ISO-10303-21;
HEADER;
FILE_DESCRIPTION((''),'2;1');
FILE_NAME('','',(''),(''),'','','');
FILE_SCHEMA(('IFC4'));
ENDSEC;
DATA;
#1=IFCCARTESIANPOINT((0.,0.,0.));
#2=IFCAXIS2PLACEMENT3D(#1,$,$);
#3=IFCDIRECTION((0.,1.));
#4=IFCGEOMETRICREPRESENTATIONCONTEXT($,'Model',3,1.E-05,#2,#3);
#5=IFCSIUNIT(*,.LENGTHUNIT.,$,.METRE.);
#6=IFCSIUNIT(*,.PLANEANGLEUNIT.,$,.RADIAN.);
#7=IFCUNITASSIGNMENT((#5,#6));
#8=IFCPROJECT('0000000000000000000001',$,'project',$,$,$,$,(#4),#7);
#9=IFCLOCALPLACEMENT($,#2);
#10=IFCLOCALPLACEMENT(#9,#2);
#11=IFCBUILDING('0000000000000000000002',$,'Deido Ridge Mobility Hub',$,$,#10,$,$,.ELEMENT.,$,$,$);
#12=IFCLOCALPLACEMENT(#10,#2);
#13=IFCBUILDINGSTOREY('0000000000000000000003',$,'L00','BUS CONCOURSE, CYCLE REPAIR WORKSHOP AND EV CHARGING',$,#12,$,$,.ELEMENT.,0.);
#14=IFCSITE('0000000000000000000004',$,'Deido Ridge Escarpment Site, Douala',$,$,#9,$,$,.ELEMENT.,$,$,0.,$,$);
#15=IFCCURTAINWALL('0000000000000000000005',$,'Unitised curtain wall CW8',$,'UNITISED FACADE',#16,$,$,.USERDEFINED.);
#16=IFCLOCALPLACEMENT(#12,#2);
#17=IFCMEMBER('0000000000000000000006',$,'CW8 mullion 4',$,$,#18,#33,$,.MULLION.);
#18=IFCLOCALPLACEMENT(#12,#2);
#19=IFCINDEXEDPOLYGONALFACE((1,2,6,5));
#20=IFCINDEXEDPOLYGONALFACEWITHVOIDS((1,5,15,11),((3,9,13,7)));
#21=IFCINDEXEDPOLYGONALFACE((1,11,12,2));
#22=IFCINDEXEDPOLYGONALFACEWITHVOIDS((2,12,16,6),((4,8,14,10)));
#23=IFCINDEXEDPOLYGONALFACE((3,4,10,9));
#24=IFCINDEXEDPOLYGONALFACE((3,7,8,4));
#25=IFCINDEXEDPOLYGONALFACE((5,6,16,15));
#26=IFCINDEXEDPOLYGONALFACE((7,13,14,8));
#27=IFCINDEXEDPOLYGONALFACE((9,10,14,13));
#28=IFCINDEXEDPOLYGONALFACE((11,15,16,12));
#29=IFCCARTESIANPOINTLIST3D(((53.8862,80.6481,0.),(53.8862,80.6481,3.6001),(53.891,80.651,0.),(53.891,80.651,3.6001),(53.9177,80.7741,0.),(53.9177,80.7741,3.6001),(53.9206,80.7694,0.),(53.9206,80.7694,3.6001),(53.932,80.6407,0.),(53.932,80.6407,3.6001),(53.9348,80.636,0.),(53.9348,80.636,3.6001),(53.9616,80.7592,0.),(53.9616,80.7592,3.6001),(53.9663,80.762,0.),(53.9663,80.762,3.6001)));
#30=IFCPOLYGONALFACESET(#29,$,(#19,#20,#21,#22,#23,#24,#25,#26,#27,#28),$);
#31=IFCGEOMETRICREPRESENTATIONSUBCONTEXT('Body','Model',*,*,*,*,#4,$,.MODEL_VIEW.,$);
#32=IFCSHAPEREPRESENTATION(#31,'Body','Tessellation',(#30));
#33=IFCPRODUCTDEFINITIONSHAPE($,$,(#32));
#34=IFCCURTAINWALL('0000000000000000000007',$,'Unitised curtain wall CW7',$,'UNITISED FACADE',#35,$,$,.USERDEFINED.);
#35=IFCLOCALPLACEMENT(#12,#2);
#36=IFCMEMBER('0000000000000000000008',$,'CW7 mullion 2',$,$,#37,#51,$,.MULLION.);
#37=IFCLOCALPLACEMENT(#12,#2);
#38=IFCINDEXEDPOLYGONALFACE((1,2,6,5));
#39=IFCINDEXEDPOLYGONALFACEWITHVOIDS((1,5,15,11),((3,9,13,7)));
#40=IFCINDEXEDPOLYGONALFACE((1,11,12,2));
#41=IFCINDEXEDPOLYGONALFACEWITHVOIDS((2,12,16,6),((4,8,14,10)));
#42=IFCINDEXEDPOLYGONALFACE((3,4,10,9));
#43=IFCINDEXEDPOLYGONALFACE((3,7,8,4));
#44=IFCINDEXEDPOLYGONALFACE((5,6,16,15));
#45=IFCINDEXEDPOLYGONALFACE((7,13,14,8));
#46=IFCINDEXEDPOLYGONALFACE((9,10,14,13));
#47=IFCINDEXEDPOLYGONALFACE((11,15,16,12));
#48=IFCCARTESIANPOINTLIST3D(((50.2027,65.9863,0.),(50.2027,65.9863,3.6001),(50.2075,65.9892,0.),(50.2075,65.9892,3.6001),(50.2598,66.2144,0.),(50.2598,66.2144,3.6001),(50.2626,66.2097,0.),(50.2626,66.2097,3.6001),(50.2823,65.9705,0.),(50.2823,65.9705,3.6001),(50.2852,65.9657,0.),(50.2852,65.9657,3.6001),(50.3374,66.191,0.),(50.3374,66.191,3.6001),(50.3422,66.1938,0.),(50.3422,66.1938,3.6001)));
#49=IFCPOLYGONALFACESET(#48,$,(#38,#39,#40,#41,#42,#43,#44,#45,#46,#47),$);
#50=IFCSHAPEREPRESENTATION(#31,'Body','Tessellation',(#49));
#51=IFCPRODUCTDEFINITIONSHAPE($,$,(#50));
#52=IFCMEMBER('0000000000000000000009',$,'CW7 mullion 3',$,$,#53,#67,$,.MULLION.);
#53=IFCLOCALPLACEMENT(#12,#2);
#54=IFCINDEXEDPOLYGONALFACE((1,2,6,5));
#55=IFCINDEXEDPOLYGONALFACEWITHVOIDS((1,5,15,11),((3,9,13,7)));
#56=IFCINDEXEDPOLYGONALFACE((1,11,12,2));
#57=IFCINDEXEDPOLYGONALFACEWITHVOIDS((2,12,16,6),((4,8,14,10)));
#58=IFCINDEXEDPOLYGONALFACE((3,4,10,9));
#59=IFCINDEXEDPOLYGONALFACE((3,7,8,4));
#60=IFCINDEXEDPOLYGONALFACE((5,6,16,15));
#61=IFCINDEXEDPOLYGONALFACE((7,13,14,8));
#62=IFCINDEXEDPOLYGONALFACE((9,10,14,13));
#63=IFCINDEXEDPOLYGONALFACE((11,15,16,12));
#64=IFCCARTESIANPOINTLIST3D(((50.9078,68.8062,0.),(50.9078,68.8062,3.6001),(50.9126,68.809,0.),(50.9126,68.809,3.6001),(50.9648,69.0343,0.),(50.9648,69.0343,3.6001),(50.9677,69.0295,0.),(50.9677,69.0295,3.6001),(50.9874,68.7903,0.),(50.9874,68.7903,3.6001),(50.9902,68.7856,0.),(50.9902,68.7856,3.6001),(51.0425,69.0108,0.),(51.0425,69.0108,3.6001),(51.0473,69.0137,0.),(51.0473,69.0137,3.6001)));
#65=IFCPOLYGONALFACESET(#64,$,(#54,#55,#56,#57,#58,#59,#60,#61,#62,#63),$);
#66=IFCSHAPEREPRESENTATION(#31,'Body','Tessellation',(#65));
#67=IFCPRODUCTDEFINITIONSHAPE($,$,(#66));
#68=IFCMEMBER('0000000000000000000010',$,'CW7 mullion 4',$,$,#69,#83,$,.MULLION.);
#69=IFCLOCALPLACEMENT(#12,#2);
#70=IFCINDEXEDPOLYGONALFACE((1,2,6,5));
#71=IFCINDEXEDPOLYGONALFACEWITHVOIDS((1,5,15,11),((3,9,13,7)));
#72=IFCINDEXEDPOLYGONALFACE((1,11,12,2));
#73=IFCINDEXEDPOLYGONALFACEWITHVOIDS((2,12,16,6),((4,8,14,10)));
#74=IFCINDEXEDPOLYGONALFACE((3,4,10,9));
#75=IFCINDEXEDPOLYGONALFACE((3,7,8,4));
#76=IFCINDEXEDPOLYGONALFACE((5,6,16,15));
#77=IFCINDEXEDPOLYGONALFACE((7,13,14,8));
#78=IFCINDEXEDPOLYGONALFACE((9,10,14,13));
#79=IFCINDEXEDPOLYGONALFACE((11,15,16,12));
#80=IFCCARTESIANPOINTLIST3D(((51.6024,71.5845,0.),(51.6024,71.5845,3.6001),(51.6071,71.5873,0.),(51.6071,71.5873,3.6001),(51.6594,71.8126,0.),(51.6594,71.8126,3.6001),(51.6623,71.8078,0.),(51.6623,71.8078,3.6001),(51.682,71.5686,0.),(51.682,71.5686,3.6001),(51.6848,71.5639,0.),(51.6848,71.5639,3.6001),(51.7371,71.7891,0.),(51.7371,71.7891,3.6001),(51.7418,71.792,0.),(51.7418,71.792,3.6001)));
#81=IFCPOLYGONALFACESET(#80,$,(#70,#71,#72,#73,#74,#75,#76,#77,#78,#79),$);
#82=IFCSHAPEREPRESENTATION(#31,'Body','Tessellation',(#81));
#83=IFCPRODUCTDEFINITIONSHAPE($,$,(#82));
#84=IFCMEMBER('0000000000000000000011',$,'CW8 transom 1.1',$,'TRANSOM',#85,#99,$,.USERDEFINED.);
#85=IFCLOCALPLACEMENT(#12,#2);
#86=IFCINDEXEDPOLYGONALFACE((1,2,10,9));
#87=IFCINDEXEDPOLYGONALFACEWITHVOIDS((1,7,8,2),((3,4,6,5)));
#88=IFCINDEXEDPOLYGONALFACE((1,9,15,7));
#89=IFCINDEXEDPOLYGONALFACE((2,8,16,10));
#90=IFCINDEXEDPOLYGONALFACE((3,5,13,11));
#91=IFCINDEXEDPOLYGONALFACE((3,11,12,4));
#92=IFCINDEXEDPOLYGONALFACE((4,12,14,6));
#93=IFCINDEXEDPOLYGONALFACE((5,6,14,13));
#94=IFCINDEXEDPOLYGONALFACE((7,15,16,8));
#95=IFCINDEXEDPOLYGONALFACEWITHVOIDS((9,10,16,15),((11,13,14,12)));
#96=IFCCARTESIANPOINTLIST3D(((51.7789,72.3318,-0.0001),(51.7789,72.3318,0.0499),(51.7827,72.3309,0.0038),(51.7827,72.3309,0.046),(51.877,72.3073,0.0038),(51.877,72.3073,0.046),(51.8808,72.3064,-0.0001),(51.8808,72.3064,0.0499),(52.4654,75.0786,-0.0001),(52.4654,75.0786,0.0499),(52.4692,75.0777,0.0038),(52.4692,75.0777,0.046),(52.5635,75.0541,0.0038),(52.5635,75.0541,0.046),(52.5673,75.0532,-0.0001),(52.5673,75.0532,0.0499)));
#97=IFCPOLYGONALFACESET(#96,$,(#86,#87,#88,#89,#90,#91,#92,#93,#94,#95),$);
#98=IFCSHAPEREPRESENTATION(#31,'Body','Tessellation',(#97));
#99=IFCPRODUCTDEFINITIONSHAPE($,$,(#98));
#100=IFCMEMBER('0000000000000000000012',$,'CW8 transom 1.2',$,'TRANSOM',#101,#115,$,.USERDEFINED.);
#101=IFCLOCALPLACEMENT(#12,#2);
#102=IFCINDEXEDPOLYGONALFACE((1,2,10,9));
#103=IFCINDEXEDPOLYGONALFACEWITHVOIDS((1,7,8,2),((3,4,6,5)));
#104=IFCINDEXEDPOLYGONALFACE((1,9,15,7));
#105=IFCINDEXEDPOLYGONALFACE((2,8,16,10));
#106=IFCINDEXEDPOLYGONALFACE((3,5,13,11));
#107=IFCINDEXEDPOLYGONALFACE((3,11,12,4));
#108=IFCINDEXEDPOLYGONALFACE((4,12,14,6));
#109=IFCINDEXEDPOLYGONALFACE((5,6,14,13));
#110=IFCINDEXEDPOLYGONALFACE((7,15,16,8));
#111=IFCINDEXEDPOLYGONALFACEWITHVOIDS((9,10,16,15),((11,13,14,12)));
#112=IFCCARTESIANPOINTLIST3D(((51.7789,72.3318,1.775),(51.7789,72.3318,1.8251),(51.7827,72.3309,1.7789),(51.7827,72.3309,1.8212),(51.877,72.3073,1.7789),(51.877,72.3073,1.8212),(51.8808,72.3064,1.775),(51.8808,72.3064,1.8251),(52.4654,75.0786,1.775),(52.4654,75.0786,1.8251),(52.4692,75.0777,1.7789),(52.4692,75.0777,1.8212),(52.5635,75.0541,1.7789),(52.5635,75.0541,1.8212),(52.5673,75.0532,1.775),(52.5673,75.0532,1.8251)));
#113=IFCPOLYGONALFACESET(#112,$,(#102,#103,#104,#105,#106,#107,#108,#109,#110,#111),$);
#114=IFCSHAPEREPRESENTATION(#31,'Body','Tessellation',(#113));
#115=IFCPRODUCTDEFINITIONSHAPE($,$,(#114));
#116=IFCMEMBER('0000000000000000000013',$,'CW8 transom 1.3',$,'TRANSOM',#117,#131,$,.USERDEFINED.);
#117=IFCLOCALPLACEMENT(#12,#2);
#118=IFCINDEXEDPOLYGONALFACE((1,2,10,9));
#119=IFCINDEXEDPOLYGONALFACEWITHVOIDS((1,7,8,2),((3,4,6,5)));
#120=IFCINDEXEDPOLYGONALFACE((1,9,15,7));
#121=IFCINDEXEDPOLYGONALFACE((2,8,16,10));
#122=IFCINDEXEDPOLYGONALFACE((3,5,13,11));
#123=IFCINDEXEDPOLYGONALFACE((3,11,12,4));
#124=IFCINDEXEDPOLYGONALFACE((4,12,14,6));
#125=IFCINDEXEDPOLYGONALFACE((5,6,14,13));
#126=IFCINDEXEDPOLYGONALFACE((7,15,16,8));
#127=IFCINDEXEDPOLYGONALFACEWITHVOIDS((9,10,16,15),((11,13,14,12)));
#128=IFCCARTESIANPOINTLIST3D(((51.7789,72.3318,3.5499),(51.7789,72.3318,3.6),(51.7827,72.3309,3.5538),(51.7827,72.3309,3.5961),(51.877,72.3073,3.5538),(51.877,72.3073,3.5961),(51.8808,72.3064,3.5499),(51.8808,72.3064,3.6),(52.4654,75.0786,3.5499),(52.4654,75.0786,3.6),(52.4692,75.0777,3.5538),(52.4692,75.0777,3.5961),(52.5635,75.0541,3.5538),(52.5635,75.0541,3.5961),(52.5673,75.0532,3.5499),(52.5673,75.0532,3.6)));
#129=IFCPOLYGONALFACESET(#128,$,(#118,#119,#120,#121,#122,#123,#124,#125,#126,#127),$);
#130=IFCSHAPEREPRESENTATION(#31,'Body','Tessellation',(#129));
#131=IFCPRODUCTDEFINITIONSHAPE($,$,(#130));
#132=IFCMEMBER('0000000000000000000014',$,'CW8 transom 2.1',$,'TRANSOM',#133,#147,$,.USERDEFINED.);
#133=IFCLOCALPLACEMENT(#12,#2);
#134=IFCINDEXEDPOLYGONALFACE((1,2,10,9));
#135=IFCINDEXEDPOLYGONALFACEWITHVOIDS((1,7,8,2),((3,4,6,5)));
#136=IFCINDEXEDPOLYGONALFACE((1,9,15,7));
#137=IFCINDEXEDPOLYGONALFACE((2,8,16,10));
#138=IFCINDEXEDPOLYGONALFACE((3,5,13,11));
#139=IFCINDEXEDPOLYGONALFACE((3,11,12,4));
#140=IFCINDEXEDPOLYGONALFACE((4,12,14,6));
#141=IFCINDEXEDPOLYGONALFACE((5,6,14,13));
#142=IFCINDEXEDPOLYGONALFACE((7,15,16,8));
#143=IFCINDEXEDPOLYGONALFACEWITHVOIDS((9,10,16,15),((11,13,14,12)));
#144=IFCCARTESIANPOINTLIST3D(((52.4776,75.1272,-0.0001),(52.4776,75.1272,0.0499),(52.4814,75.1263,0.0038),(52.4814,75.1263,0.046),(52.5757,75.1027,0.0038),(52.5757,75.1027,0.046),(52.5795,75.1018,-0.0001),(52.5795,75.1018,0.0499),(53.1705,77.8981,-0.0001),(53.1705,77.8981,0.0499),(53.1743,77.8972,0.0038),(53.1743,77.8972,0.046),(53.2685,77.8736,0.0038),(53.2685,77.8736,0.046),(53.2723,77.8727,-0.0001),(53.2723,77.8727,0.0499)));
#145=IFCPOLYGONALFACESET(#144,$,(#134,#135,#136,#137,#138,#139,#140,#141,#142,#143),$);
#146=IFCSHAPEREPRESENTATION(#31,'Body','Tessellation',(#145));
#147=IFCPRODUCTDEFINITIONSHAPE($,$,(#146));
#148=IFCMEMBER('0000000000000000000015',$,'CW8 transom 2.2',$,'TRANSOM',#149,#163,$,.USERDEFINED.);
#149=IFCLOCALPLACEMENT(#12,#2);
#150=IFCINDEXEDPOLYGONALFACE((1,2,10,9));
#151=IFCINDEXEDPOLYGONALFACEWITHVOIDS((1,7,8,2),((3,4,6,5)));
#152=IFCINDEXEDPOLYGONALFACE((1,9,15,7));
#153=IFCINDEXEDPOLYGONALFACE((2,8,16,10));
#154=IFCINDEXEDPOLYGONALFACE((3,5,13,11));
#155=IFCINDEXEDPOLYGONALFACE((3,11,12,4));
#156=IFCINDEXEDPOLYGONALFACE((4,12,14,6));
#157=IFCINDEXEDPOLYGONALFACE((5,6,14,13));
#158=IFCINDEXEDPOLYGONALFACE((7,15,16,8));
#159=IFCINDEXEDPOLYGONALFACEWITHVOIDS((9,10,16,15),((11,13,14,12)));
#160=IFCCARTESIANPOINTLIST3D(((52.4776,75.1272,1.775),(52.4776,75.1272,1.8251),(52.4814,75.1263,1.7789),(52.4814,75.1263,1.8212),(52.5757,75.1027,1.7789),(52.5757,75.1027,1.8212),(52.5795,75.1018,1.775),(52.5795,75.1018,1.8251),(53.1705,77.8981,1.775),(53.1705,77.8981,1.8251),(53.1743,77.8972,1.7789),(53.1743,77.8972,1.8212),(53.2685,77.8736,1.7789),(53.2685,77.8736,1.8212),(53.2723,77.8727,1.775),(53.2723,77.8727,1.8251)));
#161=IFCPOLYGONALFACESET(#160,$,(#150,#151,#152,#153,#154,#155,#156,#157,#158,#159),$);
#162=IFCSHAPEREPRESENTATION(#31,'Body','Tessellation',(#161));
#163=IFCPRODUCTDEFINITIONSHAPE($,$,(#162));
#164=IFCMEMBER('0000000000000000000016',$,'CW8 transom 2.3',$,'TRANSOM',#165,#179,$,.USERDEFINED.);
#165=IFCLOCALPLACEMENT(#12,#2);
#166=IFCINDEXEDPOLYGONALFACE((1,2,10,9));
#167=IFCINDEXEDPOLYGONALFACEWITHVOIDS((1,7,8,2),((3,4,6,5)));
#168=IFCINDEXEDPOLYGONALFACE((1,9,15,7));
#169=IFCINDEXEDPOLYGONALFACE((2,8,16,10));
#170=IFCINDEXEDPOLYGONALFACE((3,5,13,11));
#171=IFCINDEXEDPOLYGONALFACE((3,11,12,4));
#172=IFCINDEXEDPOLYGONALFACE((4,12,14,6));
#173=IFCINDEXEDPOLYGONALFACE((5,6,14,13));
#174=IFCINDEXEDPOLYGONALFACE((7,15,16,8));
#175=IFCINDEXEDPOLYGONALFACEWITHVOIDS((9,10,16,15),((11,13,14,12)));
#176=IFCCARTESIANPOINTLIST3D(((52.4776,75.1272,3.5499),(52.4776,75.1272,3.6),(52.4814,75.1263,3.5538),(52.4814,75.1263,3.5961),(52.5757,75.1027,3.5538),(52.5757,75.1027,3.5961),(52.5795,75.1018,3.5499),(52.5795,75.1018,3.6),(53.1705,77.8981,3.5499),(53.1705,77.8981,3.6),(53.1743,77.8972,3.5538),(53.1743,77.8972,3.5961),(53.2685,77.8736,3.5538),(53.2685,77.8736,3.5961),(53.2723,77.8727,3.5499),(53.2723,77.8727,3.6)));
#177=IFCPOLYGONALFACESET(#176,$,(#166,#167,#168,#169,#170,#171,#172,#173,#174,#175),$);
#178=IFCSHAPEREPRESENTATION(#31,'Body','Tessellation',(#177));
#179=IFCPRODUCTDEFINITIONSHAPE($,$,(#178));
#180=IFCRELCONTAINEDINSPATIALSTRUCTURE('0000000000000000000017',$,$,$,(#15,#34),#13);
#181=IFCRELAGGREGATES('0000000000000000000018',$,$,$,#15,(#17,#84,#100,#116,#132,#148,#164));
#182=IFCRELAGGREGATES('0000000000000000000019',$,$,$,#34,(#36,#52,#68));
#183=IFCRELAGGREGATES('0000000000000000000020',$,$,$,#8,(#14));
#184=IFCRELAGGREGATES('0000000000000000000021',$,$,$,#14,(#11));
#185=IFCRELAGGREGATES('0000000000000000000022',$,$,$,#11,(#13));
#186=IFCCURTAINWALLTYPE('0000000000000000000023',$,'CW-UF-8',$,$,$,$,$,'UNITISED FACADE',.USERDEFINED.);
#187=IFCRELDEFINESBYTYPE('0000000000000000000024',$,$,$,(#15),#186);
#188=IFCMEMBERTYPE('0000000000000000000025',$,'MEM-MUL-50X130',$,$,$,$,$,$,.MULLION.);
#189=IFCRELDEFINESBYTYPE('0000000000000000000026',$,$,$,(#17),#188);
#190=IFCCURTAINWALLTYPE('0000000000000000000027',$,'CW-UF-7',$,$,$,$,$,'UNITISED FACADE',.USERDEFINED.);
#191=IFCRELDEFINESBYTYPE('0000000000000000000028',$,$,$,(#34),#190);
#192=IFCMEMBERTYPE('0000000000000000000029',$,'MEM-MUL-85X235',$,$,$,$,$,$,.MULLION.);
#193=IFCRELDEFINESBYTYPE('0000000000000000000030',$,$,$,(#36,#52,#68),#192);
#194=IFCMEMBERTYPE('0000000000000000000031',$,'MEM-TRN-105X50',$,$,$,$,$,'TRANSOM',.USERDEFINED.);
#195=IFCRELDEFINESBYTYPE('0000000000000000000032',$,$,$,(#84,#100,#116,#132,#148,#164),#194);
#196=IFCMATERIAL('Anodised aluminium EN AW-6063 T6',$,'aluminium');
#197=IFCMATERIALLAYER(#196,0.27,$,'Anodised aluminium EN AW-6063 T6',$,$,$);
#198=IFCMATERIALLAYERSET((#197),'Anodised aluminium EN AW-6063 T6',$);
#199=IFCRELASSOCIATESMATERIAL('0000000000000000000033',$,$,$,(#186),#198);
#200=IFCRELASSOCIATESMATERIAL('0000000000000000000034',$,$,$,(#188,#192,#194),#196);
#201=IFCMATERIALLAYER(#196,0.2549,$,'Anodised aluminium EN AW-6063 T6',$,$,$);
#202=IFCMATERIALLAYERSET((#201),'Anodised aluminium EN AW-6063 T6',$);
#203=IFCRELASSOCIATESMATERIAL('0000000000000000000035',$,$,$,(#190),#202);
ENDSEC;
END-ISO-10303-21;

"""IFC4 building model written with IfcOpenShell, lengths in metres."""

from ifc_helpers import new_model, si_unit, direction, frame, origin, origin_2d, place, context, subcontext, project, spatial, hollow_rectangle, extrude, material, layer, layer_set, material_profile, profile_set, type_object, element, aggregate, save


model = new_model("IFC4")

# Units and contexts
model_context = context("Model", 3, precision=1e-05, world=origin(), true_north=direction((0.0, 1.0)))
body_context = subcontext(model_context, "Body", "Model", "MODEL_VIEW")
ifc_project = project(units=[si_unit("LENGTHUNIT", "METRE"), si_unit("PLANEANGLEUNIT", "RADIAN")], contexts=[model_context])

# Site, building, storey
site_placement = place(None, origin())
site = spatial("IfcSite", under=ifc_project, at=site_placement, Name="Deido Ridge Escarpment Site, Douala", CompositionType="ELEMENT", RefElevation=0.0)
building_placement = place(site_placement, origin())
building = spatial("IfcBuilding", under=site, at=building_placement, Name="Deido Ridge Mobility Hub", CompositionType="ELEMENT")
storey_placement = place(building_placement, origin())
storey = spatial("IfcBuildingStorey", under=building, at=storey_placement, Name="L00", Description="BUS CONCOURSE, CYCLE REPAIR WORKSHOP AND EV CHARGING", CompositionType="ELEMENT", Elevation=0.0)

# Curtain walls, members
ifc_material_1 = material(Name="Anodised aluminium EN AW-6063 T6", Category="aluminium")
ifc_layer_1 = layer(ifc_material_1, 0.27, Name="Anodised aluminium EN AW-6063 T6")
ifc_layer_set_1 = layer_set([ifc_layer_1], Name="Anodised aluminium EN AW-6063 T6")
curtain_wall_type_1 = type_object("IfcCurtainWallType", Name="CW-UF-8", ElementType="UNITISED FACADE", PredefinedType="USERDEFINED", material=ifc_layer_set_1)
curtain_wall_1_placement = place(storey_placement, origin())
curtain_wall_1 = element("IfcCurtainWall", 1, at=curtain_wall_1_placement, inside=storey, type_object=curtain_wall_type_1, Name="Unitised curtain wall CW8", ObjectType="UNITISED FACADE", PredefinedType="USERDEFINED")
ifc_material_profile_1 = material_profile(ifc_material_1, hollow_rectangle(XDim=0.05, YDim=0.1299, WallThickness=0.0039, at=origin_2d()), Name="RHS 50x130x4")
ifc_profile_set_1 = profile_set([ifc_material_profile_1], Name="Anodised aluminium EN AW-6063 T6")
member_type_1 = type_object("IfcMemberType", Name="MEM-MUL-50X130", PredefinedType="MULLION", material=ifc_profile_set_1)
member_1_placement = place(storey_placement, frame((53.9263, 80.7051, 0.0), z_axis=(0.0, 0.0, 1.0), x_axis=(-0.97014, 0.242546, 0.0)))
member_1 = element("IfcMember", 2, at=member_1_placement, type_object=member_type_1, Name="CW8 mullion 4", PredefinedType="MULLION", context=body_context, shape_type="SweptSolid", body=[
    extrude(hollow_rectangle(XDim=0.05, YDim=0.1299, WallThickness=0.0039, at=origin_2d()), origin(), (0.0, 0.0, 1.0), 3.6001),
])
ifc_layer_2 = layer(ifc_material_1, 0.2549, Name="Anodised aluminium EN AW-6063 T6")
ifc_layer_set_2 = layer_set([ifc_layer_2], Name="Anodised aluminium EN AW-6063 T6")
curtain_wall_type_2 = type_object("IfcCurtainWallType", Name="CW-UF-7", ElementType="UNITISED FACADE", PredefinedType="USERDEFINED", material=ifc_layer_set_2)
curtain_wall_2_placement = place(storey_placement, origin())
curtain_wall_2 = element("IfcCurtainWall", 3, at=curtain_wall_2_placement, inside=storey, type_object=curtain_wall_type_2, Name="Unitised curtain wall CW7", ObjectType="UNITISED FACADE", PredefinedType="USERDEFINED")
ifc_material_profile_2 = material_profile(ifc_material_1, hollow_rectangle(XDim=0.085, YDim=0.2351, WallThickness=0.0039, at=origin_2d()), Name="RHS 85x235x4")
ifc_profile_set_2 = profile_set([ifc_material_profile_2], Name="Anodised aluminium EN AW-6063 T6")
member_type_2 = type_object("IfcMemberType", Name="MEM-MUL-85X235", PredefinedType="MULLION", material=ifc_profile_set_2)
member_2_placement = place(storey_placement, frame((50.2725, 66.0901, 0.0), z_axis=(0.0, 0.0, 1.0), x_axis=(-0.97014, 0.242546, 0.0)))
member_2 = element("IfcMember", 4, at=member_2_placement, type_object=member_type_2, Name="CW7 mullion 2", PredefinedType="MULLION", context=body_context, shape_type="SweptSolid", body=[
    extrude(hollow_rectangle(XDim=0.085, YDim=0.2351, WallThickness=0.0039, at=origin_2d()), origin(), (0.0, 0.0, 1.0), 3.6001),
])
member_3_placement = place(storey_placement, frame((50.9775, 68.9099, 0.0), z_axis=(0.0, 0.0, 1.0), x_axis=(-0.97014, 0.242546, 0.0)))
member_3 = element("IfcMember", 5, at=member_3_placement, type_object=member_type_2, Name="CW7 mullion 3", PredefinedType="MULLION", context=body_context, shape_type="SweptSolid", body=[
    extrude(hollow_rectangle(XDim=0.085, YDim=0.2351, WallThickness=0.0039, at=origin_2d()), origin(), (0.0, 0.0, 1.0), 3.6001),
])
member_4_placement = place(storey_placement, frame((51.6721, 71.6882, 0.0), z_axis=(0.0, 0.0, 1.0), x_axis=(-0.97014, 0.242546, 0.0)))
member_4 = element("IfcMember", 6, at=member_4_placement, type_object=member_type_2, Name="CW7 mullion 4", PredefinedType="MULLION", context=body_context, shape_type="SweptSolid", body=[
    extrude(hollow_rectangle(XDim=0.085, YDim=0.2351, WallThickness=0.0039, at=origin_2d()), origin(), (0.0, 0.0, 1.0), 3.6001),
])

# Members
ifc_material_profile_3 = material_profile(ifc_material_1, hollow_rectangle(XDim=0.105, YDim=0.05, WallThickness=0.0039, at=origin_2d()), Name="RHS 105x50x4")
ifc_profile_set_3 = profile_set([ifc_material_profile_3], Name="Anodised aluminium EN AW-6063 T6")
member_type_3 = type_object("IfcMemberType", Name="MEM-TRN-105X50", ElementType="TRANSOM", PredefinedType="USERDEFINED", material=ifc_profile_set_3)
member_5_placement = place(storey_placement, frame((51.8298, 72.3191, 0.0249), z_axis=(0.242475, 0.970158, 0.0), x_axis=(-0.970158, 0.242475, 0.0)))
member_5 = element("IfcMember", 7, at=member_5_placement, type_object=member_type_3, Name="CW8 transom 1.1", ObjectType="TRANSOM", PredefinedType="USERDEFINED", context=body_context, shape_type="SweptSolid", body=[
    extrude(hollow_rectangle(XDim=0.105, YDim=0.05, WallThickness=0.0039, at=origin_2d()), origin(), (0.0, 0.0, 1.0), 2.8313),
])
member_6_placement = place(storey_placement, frame((51.8298, 72.3191, 1.8), z_axis=(0.242475, 0.970158, 0.0), x_axis=(-0.970158, 0.242475, 0.0)))
member_6 = element("IfcMember", 8, at=member_6_placement, type_object=member_type_3, Name="CW8 transom 1.2", ObjectType="TRANSOM", PredefinedType="USERDEFINED", context=body_context, shape_type="SweptSolid", body=[
    extrude(hollow_rectangle(XDim=0.105, YDim=0.05, WallThickness=0.0039, at=origin_2d()), origin(), (0.0, 0.0, 1.0), 2.8313),
])
member_7_placement = place(storey_placement, frame((51.8298, 72.3191, 3.575), z_axis=(0.242475, 0.970158, 0.0), x_axis=(-0.970158, 0.242475, 0.0)))
member_7 = element("IfcMember", 9, at=member_7_placement, type_object=member_type_3, Name="CW8 transom 1.3", ObjectType="TRANSOM", PredefinedType="USERDEFINED", context=body_context, shape_type="SweptSolid", body=[
    extrude(hollow_rectangle(XDim=0.105, YDim=0.05, WallThickness=0.0039, at=origin_2d()), origin(), (0.0, 0.0, 1.0), 2.8313),
])
member_8_placement = place(storey_placement, frame((52.5286, 75.1145, 0.0249), z_axis=(0.242576, 0.970132, 0.0), x_axis=(-0.970132, 0.242576, 0.0)))
member_8 = element("IfcMember", 10, at=member_8_placement, type_object=member_type_3, Name="CW8 transom 2.1", ObjectType="TRANSOM", PredefinedType="USERDEFINED", context=body_context, shape_type="SweptSolid", body=[
    extrude(hollow_rectangle(XDim=0.105, YDim=0.05, WallThickness=0.0039, at=origin_2d()), origin(), (0.0, 0.0, 1.0), 2.8562),
])
member_9_placement = place(storey_placement, frame((52.5286, 75.1145, 1.8), z_axis=(0.242576, 0.970132, 0.0), x_axis=(-0.970132, 0.242576, 0.0)))
member_9 = element("IfcMember", 11, at=member_9_placement, type_object=member_type_3, Name="CW8 transom 2.2", ObjectType="TRANSOM", PredefinedType="USERDEFINED", context=body_context, shape_type="SweptSolid", body=[
    extrude(hollow_rectangle(XDim=0.105, YDim=0.05, WallThickness=0.0039, at=origin_2d()), origin(), (0.0, 0.0, 1.0), 2.8562),
])
member_10_placement = place(storey_placement, frame((52.5286, 75.1145, 3.575), z_axis=(0.242576, 0.970132, 0.0), x_axis=(-0.970132, 0.242576, 0.0)))
member_10 = element("IfcMember", 12, at=member_10_placement, type_object=member_type_3, Name="CW8 transom 2.3", ObjectType="TRANSOM", PredefinedType="USERDEFINED", context=body_context, shape_type="SweptSolid", body=[
    extrude(hollow_rectangle(XDim=0.105, YDim=0.05, WallThickness=0.0039, at=origin_2d()), origin(), (0.0, 0.0, 1.0), 2.8562),
])

aggregate(curtain_wall_1, [member_1, member_5, member_6, member_7, member_8, member_9, member_10])
aggregate(curtain_wall_2, [member_2, member_3, member_4])

save(model, "model.ifc")
